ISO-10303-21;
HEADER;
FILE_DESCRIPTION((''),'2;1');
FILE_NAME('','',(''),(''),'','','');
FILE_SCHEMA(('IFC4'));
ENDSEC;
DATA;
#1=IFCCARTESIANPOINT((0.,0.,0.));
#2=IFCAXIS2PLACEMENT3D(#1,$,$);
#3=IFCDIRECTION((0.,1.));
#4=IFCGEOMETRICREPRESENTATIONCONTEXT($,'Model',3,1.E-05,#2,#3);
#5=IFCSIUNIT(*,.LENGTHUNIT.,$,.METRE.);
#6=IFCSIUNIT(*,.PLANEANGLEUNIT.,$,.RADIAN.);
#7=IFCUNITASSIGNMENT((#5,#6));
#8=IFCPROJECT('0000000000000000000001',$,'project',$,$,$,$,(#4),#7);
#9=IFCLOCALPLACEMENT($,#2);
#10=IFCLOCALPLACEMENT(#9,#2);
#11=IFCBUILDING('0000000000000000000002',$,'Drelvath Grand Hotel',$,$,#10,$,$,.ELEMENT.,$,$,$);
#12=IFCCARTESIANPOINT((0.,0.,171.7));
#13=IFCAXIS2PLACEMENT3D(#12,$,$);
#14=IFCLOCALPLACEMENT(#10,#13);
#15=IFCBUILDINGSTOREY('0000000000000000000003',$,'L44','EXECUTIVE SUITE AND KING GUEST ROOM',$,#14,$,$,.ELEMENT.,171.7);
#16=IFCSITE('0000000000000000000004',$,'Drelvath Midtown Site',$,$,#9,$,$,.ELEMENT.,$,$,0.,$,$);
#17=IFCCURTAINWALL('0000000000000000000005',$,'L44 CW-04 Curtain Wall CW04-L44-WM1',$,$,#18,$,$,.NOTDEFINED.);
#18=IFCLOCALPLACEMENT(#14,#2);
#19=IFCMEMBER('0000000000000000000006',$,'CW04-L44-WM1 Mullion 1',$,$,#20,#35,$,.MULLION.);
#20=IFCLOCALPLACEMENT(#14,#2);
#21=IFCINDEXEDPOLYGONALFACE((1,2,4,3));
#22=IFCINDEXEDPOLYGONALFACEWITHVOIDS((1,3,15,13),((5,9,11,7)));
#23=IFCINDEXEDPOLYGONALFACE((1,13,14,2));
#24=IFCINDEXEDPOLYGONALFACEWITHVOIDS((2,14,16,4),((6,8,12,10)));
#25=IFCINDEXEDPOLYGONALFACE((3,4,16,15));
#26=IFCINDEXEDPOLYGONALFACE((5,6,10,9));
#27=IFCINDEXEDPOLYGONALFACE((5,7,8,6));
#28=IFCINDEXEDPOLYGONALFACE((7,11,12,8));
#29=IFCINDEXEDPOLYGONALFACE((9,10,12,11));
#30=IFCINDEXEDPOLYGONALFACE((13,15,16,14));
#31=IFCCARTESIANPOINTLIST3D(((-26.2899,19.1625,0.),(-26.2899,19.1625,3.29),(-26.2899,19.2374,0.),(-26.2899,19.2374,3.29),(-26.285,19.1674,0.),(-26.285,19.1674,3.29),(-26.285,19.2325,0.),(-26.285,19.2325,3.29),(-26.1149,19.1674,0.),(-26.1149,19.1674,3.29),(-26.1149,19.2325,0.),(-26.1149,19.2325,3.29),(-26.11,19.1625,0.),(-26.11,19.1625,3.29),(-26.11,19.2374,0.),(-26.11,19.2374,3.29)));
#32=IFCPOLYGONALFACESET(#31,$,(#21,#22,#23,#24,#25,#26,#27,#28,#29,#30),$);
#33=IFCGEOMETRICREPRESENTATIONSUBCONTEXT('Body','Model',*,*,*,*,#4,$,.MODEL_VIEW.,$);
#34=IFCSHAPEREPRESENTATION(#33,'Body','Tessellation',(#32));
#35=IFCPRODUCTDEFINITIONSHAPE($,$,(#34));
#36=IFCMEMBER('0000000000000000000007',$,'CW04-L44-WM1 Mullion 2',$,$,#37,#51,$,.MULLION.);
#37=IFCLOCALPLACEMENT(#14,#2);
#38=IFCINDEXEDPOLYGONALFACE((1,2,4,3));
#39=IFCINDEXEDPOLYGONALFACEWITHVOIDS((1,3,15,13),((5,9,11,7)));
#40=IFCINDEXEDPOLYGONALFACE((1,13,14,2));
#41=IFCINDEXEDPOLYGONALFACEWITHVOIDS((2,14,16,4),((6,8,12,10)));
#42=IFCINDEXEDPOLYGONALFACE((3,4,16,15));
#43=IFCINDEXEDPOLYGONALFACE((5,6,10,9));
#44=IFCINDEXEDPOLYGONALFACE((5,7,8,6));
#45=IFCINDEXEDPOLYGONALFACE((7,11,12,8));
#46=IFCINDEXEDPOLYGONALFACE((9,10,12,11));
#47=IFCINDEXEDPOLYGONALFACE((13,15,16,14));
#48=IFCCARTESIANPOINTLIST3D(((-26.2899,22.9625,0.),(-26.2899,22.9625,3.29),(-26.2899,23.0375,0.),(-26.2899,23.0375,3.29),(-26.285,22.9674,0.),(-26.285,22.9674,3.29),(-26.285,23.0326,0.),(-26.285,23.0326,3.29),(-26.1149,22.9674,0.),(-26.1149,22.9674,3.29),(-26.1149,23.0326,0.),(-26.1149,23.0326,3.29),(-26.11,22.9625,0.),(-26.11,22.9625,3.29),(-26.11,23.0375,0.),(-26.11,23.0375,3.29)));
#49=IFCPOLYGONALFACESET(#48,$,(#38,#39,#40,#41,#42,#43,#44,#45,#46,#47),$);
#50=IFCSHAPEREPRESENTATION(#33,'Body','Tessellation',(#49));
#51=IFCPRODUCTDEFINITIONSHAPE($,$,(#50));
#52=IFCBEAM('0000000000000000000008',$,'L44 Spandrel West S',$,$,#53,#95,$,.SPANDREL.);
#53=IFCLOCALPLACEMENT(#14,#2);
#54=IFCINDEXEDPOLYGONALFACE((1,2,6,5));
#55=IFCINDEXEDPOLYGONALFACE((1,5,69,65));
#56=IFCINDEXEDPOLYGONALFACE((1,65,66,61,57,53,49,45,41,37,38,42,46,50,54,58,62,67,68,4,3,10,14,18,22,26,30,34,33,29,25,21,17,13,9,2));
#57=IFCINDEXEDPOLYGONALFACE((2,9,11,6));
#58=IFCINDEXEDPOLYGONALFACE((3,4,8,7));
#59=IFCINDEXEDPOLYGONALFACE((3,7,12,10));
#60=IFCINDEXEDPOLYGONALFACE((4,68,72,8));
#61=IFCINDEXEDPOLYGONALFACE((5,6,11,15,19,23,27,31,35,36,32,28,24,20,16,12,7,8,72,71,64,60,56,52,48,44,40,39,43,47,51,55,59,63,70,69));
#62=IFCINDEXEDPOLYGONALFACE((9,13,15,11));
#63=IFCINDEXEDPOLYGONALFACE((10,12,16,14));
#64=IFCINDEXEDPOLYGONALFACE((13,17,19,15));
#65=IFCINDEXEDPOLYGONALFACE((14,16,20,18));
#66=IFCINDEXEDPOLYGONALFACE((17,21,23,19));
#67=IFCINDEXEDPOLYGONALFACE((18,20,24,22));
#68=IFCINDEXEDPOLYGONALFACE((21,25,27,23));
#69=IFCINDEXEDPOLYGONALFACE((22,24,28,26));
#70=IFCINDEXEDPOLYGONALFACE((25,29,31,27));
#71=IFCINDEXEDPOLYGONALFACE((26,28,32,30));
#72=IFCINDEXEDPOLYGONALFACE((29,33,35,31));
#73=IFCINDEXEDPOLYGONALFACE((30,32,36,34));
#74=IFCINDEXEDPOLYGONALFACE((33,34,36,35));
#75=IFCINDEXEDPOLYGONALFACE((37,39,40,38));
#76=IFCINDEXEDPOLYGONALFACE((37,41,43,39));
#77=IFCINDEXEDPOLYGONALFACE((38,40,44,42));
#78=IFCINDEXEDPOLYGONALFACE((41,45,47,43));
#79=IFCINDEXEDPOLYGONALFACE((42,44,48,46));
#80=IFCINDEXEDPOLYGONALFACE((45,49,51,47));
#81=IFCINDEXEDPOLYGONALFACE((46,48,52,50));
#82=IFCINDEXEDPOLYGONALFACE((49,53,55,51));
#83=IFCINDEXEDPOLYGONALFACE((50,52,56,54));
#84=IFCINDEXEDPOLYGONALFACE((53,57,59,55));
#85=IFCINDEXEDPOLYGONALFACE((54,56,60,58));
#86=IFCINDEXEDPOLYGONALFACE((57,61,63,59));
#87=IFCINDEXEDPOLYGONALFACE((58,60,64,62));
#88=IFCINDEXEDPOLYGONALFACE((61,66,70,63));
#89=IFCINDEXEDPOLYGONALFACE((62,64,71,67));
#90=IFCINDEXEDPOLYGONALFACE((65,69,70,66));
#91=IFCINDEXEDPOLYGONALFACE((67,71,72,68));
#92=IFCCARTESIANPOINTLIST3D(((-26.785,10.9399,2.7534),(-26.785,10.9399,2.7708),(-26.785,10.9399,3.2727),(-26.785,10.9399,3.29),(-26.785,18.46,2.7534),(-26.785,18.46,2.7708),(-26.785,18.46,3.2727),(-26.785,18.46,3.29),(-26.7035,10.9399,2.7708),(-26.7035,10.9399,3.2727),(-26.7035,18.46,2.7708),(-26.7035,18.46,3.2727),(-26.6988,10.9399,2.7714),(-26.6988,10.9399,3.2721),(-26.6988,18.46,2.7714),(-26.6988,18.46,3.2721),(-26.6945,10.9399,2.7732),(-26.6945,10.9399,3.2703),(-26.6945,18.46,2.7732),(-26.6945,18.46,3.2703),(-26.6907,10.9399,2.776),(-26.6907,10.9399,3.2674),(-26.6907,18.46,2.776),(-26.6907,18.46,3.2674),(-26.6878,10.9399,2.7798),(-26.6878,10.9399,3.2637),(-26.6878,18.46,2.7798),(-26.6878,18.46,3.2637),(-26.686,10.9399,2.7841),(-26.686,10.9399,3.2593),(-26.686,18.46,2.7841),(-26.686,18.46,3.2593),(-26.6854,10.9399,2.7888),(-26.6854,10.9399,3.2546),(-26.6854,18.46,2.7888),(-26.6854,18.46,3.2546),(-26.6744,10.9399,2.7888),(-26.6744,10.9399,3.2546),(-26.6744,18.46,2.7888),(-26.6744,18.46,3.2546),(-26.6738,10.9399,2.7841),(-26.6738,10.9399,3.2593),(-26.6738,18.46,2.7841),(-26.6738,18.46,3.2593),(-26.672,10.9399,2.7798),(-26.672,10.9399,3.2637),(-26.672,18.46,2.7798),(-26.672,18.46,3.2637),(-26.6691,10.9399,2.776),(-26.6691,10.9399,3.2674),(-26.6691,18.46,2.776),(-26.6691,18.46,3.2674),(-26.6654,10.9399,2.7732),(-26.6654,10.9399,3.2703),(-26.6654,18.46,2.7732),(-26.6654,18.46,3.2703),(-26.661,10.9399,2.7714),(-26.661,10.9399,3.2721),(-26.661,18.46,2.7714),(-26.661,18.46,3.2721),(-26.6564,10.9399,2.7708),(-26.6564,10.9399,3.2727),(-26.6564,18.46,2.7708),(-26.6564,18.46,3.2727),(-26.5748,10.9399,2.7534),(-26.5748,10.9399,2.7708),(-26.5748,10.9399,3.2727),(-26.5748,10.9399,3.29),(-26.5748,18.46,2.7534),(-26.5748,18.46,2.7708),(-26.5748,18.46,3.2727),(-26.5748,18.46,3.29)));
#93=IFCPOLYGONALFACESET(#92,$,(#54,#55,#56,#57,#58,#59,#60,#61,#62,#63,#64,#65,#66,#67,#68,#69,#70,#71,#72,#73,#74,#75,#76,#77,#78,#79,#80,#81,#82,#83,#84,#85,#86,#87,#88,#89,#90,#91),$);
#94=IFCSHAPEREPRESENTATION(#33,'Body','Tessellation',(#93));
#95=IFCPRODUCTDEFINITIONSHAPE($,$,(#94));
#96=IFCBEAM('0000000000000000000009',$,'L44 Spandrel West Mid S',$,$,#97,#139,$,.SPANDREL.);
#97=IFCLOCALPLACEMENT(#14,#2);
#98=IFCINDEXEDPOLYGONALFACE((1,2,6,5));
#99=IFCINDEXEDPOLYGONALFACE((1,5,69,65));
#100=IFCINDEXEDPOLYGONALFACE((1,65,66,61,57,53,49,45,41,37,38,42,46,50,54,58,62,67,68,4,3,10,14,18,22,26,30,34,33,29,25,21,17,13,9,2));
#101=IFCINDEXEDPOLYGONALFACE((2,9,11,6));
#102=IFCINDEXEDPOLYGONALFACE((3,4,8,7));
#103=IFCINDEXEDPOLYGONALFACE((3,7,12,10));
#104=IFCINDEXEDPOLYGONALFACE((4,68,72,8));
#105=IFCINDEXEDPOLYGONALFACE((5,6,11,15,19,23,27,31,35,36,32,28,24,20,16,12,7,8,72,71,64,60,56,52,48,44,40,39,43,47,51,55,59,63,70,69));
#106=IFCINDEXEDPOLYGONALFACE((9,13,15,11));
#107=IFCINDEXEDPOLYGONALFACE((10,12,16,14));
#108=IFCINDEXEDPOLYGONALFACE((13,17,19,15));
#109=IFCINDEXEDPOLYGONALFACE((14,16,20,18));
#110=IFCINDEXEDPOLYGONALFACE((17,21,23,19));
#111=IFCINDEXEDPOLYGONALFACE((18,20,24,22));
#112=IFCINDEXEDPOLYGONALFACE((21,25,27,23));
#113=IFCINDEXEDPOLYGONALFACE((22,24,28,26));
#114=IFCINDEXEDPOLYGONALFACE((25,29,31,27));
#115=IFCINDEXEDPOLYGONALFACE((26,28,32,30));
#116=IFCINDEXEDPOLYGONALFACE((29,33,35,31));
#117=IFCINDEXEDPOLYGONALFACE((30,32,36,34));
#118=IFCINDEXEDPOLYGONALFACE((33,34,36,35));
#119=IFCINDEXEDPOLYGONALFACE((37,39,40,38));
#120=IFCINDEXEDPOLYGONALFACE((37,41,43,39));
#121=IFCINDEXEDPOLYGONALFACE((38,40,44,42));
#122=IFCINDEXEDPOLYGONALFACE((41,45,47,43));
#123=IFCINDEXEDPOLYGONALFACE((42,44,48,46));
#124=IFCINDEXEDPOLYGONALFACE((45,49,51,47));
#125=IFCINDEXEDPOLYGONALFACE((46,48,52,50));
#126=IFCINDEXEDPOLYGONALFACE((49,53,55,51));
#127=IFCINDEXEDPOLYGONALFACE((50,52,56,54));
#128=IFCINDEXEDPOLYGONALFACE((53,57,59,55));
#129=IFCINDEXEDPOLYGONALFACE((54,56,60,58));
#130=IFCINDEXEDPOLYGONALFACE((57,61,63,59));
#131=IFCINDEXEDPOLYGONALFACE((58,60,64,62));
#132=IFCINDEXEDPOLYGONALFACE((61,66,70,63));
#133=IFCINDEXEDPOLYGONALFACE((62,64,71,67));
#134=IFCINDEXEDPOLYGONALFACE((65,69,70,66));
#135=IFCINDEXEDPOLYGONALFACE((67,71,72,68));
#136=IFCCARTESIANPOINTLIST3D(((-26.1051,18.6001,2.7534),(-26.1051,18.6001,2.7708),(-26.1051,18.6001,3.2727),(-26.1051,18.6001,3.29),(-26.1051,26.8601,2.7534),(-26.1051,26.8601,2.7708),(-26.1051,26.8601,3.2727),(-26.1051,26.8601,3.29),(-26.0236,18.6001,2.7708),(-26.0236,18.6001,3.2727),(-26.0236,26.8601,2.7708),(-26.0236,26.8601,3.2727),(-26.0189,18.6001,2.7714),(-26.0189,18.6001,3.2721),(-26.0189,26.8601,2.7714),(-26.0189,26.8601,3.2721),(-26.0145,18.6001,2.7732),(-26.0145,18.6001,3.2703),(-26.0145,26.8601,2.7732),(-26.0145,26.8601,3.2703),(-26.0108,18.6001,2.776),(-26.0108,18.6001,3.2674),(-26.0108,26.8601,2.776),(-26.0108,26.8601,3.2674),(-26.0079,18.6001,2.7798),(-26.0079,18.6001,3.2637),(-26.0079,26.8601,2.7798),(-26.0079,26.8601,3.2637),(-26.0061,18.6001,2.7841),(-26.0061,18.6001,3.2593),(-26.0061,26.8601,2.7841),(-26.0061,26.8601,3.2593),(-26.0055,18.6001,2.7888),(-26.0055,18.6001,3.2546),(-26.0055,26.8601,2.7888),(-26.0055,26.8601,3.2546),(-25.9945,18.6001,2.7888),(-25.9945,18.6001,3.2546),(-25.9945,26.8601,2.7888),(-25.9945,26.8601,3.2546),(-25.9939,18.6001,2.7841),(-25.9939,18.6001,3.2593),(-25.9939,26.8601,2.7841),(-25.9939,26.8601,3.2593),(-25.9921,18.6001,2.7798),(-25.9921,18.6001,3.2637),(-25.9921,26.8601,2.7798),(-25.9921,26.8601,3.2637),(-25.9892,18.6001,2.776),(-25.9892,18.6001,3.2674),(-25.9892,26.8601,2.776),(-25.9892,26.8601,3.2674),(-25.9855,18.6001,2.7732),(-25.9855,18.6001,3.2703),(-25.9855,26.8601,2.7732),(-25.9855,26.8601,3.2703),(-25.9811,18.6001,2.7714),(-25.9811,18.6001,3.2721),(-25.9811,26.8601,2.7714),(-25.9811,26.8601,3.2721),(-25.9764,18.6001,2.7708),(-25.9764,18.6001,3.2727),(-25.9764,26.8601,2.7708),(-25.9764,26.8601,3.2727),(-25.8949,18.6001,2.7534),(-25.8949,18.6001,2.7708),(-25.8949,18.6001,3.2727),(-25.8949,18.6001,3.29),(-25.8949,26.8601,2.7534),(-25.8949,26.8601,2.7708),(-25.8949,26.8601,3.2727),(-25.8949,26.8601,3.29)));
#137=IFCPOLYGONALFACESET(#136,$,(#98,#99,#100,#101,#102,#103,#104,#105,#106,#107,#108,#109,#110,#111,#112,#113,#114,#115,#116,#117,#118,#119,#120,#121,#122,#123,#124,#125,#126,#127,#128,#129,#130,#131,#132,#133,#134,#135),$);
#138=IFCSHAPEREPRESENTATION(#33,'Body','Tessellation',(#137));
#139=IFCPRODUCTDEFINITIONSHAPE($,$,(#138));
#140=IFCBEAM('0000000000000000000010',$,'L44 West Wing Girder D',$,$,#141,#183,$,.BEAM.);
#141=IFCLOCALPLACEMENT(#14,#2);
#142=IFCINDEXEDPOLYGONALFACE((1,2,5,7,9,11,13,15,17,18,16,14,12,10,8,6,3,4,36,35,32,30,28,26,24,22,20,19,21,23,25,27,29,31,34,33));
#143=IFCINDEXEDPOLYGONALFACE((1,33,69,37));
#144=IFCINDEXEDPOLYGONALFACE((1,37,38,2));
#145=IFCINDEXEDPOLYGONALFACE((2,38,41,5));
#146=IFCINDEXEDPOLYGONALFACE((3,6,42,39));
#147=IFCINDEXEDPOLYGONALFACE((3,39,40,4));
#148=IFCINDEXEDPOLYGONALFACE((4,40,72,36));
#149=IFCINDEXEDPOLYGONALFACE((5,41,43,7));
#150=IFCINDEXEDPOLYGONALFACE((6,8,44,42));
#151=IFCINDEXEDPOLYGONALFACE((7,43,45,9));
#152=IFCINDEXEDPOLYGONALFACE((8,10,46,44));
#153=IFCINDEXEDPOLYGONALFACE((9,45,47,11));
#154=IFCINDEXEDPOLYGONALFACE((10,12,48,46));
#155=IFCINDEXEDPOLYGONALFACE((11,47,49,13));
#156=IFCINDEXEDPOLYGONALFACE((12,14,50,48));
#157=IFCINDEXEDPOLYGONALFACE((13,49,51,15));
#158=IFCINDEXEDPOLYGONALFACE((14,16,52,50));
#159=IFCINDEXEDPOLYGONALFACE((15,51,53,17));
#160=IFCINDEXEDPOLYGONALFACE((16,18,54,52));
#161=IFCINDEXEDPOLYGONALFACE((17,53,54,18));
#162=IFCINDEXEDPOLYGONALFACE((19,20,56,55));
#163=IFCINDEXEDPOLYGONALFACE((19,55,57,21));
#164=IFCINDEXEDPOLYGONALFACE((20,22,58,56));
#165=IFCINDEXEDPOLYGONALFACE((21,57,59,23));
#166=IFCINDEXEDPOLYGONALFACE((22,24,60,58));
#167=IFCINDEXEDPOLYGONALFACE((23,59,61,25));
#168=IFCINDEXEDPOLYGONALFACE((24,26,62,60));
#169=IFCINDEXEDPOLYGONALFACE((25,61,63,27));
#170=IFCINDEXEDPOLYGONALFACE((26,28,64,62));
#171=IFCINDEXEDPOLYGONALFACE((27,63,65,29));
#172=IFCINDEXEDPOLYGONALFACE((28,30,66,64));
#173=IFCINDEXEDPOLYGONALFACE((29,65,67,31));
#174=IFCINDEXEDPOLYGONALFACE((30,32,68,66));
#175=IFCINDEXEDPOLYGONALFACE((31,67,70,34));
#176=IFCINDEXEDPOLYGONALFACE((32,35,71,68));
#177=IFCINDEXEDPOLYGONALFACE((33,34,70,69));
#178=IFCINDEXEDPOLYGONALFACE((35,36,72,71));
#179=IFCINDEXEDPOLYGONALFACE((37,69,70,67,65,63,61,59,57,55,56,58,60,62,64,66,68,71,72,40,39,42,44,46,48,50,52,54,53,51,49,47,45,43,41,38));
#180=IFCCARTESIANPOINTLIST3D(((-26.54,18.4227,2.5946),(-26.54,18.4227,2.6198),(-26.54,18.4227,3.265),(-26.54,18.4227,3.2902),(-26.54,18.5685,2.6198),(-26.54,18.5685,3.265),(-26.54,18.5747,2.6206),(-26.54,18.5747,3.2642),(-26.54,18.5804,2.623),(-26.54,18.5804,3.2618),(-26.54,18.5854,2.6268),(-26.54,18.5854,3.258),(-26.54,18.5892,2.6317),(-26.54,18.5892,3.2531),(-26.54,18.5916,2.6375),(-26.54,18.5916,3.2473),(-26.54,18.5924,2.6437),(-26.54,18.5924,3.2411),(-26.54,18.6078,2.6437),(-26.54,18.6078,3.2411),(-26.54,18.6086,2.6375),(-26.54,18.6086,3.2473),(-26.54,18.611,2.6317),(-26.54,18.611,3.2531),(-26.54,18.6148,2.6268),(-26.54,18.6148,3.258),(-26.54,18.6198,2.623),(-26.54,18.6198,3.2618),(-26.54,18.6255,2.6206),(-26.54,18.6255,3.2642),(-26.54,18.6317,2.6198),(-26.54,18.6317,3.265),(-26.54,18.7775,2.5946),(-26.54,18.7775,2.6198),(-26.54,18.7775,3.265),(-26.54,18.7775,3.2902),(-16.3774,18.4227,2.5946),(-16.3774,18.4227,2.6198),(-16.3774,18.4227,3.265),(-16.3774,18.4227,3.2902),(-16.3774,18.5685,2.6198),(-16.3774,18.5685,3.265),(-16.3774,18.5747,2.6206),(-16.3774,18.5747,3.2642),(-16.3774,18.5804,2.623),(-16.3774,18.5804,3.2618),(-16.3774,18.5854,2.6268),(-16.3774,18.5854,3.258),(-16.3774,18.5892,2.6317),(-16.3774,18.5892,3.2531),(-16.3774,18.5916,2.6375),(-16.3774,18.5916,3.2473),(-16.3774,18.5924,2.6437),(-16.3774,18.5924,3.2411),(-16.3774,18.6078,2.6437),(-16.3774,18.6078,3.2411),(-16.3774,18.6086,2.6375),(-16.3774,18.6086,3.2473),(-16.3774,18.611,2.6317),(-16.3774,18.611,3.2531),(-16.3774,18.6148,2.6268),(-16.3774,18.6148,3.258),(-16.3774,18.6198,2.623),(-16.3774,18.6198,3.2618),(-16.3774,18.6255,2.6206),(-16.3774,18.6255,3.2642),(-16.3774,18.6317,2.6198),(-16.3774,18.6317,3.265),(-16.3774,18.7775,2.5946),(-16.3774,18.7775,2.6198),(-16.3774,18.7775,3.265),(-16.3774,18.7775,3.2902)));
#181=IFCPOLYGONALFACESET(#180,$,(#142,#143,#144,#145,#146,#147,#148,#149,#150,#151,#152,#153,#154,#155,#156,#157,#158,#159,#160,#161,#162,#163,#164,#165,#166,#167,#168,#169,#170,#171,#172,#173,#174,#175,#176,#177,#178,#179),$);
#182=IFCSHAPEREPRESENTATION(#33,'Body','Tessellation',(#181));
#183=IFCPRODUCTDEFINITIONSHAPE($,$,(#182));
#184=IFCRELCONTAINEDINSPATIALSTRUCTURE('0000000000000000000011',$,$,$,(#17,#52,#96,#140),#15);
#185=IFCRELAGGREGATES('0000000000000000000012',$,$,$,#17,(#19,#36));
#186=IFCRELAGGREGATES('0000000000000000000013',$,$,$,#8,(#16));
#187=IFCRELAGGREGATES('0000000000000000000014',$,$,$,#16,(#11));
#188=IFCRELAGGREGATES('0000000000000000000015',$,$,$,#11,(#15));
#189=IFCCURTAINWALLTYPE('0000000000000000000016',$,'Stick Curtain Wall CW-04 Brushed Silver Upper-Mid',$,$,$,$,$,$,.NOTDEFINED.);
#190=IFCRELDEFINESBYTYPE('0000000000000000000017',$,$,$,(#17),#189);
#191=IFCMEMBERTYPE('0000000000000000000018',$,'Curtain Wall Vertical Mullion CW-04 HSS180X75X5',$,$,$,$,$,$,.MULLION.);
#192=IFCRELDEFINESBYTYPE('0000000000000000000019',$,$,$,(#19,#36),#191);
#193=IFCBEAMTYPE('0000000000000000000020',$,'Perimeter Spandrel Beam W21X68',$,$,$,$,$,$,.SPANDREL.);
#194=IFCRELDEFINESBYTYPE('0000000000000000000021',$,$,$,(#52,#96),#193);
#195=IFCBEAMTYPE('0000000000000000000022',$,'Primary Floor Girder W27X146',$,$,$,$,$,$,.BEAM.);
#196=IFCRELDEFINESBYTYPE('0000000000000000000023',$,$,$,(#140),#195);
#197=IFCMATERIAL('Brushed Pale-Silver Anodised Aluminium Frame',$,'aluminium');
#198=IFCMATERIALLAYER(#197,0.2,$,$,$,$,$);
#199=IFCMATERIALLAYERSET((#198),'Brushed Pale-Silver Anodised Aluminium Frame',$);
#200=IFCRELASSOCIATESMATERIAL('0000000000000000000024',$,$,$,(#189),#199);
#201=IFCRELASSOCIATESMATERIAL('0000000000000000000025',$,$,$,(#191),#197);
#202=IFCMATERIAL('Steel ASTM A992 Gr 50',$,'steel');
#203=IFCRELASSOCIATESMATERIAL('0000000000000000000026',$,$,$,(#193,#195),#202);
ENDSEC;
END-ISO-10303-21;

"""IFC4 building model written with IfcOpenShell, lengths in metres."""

from ifc_helpers import new_model, si_unit, direction, frame, origin, origin_2d, place, context, subcontext, project, spatial, hollow_rectangle, i_section, extrude, material, layer, layer_set, material_profile, profile_set, type_object, element, aggregate, save


model = new_model("IFC4")

# Units and contexts
model_context = context("Model", 3, precision=1e-05, world=origin(), true_north=direction((0.0, 1.0)))
body_context = subcontext(model_context, "Body", "Model", "MODEL_VIEW")
ifc_project = project(units=[si_unit("LENGTHUNIT", "METRE"), si_unit("PLANEANGLEUNIT", "RADIAN")], contexts=[model_context])

# Site, building, storey
site_placement = place(None, origin())
site = spatial("IfcSite", under=ifc_project, at=site_placement, Name="Drelvath Midtown Site", CompositionType="ELEMENT", RefElevation=0.0)
building_placement = place(site_placement, origin())
building = spatial("IfcBuilding", under=site, at=building_placement, Name="Drelvath Grand Hotel", CompositionType="ELEMENT")
storey_placement = place(building_placement, frame((0.0, 0.0, 171.7)))
storey = spatial("IfcBuildingStorey", under=building, at=storey_placement, Name="L44", Description="EXECUTIVE SUITE AND KING GUEST ROOM", CompositionType="ELEMENT", Elevation=171.7)

# Shared definitions
ifc_material_1 = material(Name="Steel ASTM A992 Gr 50", Category="steel")

# Curtain wall
ifc_material_2 = material(Name="Brushed Pale-Silver Anodised Aluminium Frame", Category="aluminium")
ifc_layer_1 = layer(ifc_material_2, 0.2)
ifc_layer_set_1 = layer_set([ifc_layer_1], Name="Brushed Pale-Silver Anodised Aluminium Frame")
curtain_wall_type = type_object("IfcCurtainWallType", Name="Stick Curtain Wall CW-04 Brushed Silver Upper-Mid", PredefinedType="NOTDEFINED", material=ifc_layer_set_1)
curtain_wall_1_placement = place(storey_placement, origin())
curtain_wall_1 = element("IfcCurtainWall", 1, at=curtain_wall_1_placement, inside=storey, type_object=curtain_wall_type, Name="L44 CW-04 Curtain Wall CW04-L44-WM1", PredefinedType="NOTDEFINED")

# Members
ifc_material_profile_1 = material_profile(ifc_material_2, hollow_rectangle(XDim=0.075, YDim=0.1799, WallThickness=0.0049, at=origin_2d()), Name="HSS180X75X5")
ifc_profile_set_1 = profile_set([ifc_material_profile_1], Name="Brushed Pale-Silver Anodised Aluminium Frame")
member_type_1 = type_object("IfcMemberType", Name="Curtain Wall Vertical Mullion CW-04 HSS180X75X5", PredefinedType="MULLION", material=ifc_profile_set_1)
member_1_placement = place(storey_placement, frame((-26.2, 19.2, 0.0), z_axis=(0.0, 0.0, 1.0), x_axis=(0.0, 1.0, 0.0)))
member_1 = element("IfcMember", 2, at=member_1_placement, type_object=member_type_1, Name="CW04-L44-WM1 Mullion 1", PredefinedType="MULLION", context=body_context, shape_type="SweptSolid", body=[
    extrude(hollow_rectangle(XDim=0.075, YDim=0.1799, WallThickness=0.0049, at=origin_2d()), origin(), (0.0, 0.0, 1.0), 3.29),
])
member_2_placement = place(storey_placement, frame((-26.2, 23.0, 0.0), z_axis=(0.0, 0.0, 1.0), x_axis=(0.0, 1.0, 0.0)))
member_2 = element("IfcMember", 3, at=member_2_placement, type_object=member_type_1, Name="CW04-L44-WM1 Mullion 2", PredefinedType="MULLION", context=body_context, shape_type="SweptSolid", body=[
    extrude(hollow_rectangle(XDim=0.075, YDim=0.1799, WallThickness=0.0049, at=origin_2d()), origin(), (0.0, 0.0, 1.0), 3.29),
])

# Beams
ifc_material_profile_2 = material_profile(ifc_material_1, i_section(OverallWidth=0.2102, OverallDepth=0.5366, WebThickness=0.011, FlangeThickness=0.0173, FilletRadius=0.0181, at=origin_2d()), Name="W21X68")
ifc_profile_set_2 = profile_set([ifc_material_profile_2], Name="Steel ASTM A992 Gr 50")
beam_type_1 = type_object("IfcBeamType", Name="Perimeter Spandrel Beam W21X68", PredefinedType="SPANDREL", material=ifc_profile_set_2)
beam_1_placement = place(storey_placement, frame((-26.6799, 10.9399, 3.0217), z_axis=(0.0, 1.0, 0.0), x_axis=(-1.0, 0.0, 0.0)))
element("IfcBeam", 4, at=beam_1_placement, inside=storey, type_object=beam_type_1, Name="L44 Spandrel West S", PredefinedType="SPANDREL", context=body_context, shape_type="SweptSolid", body=[
    extrude(i_section(OverallWidth=0.2102, OverallDepth=0.5366, WebThickness=0.011, FlangeThickness=0.0173, FilletRadius=0.0181, at=origin_2d()), origin(), (0.0, 0.0, 1.0), 7.52),
])
beam_2_placement = place(storey_placement, frame((-26.0, 18.6001, 3.0217), z_axis=(0.0, 1.0, 0.0), x_axis=(-1.0, 0.0, 0.0)))
element("IfcBeam", 5, at=beam_2_placement, inside=storey, type_object=beam_type_1, Name="L44 Spandrel West Mid S", PredefinedType="SPANDREL", context=body_context, shape_type="SweptSolid", body=[
    extrude(i_section(OverallWidth=0.2102, OverallDepth=0.5366, WebThickness=0.011, FlangeThickness=0.0173, FilletRadius=0.0181, at=origin_2d()), origin(), (0.0, 0.0, 1.0), 8.26),
])
ifc_material_profile_3 = material_profile(ifc_material_1, i_section(OverallWidth=0.3547, OverallDepth=0.6956, WebThickness=0.0154, FlangeThickness=0.0251, FilletRadius=0.0239, at=origin_2d()), Name="W27X146")
ifc_profile_set_3 = profile_set([ifc_material_profile_3], Name="Steel ASTM A992 Gr 50")
beam_type_2 = type_object("IfcBeamType", Name="Primary Floor Girder W27X146", PredefinedType="BEAM", material=ifc_profile_set_3)
beam_3_placement = place(storey_placement, frame((-26.54, 18.6001, 2.9424), z_axis=(1.0, 0.0, 0.0), x_axis=(0.0, 1.0, 0.0)))
element("IfcBeam", 6, at=beam_3_placement, inside=storey, type_object=beam_type_2, Name="L44 West Wing Girder D", PredefinedType="BEAM", context=body_context, shape_type="SweptSolid", body=[
    extrude(i_section(OverallWidth=0.3547, OverallDepth=0.6956, WebThickness=0.0154, FlangeThickness=0.0251, FilletRadius=0.0239, at=origin_2d()), origin(), (0.0, 0.0, 1.0), 10.1626),
])

aggregate(curtain_wall_1, [member_1, member_2])

save(model, "model.ifc")
